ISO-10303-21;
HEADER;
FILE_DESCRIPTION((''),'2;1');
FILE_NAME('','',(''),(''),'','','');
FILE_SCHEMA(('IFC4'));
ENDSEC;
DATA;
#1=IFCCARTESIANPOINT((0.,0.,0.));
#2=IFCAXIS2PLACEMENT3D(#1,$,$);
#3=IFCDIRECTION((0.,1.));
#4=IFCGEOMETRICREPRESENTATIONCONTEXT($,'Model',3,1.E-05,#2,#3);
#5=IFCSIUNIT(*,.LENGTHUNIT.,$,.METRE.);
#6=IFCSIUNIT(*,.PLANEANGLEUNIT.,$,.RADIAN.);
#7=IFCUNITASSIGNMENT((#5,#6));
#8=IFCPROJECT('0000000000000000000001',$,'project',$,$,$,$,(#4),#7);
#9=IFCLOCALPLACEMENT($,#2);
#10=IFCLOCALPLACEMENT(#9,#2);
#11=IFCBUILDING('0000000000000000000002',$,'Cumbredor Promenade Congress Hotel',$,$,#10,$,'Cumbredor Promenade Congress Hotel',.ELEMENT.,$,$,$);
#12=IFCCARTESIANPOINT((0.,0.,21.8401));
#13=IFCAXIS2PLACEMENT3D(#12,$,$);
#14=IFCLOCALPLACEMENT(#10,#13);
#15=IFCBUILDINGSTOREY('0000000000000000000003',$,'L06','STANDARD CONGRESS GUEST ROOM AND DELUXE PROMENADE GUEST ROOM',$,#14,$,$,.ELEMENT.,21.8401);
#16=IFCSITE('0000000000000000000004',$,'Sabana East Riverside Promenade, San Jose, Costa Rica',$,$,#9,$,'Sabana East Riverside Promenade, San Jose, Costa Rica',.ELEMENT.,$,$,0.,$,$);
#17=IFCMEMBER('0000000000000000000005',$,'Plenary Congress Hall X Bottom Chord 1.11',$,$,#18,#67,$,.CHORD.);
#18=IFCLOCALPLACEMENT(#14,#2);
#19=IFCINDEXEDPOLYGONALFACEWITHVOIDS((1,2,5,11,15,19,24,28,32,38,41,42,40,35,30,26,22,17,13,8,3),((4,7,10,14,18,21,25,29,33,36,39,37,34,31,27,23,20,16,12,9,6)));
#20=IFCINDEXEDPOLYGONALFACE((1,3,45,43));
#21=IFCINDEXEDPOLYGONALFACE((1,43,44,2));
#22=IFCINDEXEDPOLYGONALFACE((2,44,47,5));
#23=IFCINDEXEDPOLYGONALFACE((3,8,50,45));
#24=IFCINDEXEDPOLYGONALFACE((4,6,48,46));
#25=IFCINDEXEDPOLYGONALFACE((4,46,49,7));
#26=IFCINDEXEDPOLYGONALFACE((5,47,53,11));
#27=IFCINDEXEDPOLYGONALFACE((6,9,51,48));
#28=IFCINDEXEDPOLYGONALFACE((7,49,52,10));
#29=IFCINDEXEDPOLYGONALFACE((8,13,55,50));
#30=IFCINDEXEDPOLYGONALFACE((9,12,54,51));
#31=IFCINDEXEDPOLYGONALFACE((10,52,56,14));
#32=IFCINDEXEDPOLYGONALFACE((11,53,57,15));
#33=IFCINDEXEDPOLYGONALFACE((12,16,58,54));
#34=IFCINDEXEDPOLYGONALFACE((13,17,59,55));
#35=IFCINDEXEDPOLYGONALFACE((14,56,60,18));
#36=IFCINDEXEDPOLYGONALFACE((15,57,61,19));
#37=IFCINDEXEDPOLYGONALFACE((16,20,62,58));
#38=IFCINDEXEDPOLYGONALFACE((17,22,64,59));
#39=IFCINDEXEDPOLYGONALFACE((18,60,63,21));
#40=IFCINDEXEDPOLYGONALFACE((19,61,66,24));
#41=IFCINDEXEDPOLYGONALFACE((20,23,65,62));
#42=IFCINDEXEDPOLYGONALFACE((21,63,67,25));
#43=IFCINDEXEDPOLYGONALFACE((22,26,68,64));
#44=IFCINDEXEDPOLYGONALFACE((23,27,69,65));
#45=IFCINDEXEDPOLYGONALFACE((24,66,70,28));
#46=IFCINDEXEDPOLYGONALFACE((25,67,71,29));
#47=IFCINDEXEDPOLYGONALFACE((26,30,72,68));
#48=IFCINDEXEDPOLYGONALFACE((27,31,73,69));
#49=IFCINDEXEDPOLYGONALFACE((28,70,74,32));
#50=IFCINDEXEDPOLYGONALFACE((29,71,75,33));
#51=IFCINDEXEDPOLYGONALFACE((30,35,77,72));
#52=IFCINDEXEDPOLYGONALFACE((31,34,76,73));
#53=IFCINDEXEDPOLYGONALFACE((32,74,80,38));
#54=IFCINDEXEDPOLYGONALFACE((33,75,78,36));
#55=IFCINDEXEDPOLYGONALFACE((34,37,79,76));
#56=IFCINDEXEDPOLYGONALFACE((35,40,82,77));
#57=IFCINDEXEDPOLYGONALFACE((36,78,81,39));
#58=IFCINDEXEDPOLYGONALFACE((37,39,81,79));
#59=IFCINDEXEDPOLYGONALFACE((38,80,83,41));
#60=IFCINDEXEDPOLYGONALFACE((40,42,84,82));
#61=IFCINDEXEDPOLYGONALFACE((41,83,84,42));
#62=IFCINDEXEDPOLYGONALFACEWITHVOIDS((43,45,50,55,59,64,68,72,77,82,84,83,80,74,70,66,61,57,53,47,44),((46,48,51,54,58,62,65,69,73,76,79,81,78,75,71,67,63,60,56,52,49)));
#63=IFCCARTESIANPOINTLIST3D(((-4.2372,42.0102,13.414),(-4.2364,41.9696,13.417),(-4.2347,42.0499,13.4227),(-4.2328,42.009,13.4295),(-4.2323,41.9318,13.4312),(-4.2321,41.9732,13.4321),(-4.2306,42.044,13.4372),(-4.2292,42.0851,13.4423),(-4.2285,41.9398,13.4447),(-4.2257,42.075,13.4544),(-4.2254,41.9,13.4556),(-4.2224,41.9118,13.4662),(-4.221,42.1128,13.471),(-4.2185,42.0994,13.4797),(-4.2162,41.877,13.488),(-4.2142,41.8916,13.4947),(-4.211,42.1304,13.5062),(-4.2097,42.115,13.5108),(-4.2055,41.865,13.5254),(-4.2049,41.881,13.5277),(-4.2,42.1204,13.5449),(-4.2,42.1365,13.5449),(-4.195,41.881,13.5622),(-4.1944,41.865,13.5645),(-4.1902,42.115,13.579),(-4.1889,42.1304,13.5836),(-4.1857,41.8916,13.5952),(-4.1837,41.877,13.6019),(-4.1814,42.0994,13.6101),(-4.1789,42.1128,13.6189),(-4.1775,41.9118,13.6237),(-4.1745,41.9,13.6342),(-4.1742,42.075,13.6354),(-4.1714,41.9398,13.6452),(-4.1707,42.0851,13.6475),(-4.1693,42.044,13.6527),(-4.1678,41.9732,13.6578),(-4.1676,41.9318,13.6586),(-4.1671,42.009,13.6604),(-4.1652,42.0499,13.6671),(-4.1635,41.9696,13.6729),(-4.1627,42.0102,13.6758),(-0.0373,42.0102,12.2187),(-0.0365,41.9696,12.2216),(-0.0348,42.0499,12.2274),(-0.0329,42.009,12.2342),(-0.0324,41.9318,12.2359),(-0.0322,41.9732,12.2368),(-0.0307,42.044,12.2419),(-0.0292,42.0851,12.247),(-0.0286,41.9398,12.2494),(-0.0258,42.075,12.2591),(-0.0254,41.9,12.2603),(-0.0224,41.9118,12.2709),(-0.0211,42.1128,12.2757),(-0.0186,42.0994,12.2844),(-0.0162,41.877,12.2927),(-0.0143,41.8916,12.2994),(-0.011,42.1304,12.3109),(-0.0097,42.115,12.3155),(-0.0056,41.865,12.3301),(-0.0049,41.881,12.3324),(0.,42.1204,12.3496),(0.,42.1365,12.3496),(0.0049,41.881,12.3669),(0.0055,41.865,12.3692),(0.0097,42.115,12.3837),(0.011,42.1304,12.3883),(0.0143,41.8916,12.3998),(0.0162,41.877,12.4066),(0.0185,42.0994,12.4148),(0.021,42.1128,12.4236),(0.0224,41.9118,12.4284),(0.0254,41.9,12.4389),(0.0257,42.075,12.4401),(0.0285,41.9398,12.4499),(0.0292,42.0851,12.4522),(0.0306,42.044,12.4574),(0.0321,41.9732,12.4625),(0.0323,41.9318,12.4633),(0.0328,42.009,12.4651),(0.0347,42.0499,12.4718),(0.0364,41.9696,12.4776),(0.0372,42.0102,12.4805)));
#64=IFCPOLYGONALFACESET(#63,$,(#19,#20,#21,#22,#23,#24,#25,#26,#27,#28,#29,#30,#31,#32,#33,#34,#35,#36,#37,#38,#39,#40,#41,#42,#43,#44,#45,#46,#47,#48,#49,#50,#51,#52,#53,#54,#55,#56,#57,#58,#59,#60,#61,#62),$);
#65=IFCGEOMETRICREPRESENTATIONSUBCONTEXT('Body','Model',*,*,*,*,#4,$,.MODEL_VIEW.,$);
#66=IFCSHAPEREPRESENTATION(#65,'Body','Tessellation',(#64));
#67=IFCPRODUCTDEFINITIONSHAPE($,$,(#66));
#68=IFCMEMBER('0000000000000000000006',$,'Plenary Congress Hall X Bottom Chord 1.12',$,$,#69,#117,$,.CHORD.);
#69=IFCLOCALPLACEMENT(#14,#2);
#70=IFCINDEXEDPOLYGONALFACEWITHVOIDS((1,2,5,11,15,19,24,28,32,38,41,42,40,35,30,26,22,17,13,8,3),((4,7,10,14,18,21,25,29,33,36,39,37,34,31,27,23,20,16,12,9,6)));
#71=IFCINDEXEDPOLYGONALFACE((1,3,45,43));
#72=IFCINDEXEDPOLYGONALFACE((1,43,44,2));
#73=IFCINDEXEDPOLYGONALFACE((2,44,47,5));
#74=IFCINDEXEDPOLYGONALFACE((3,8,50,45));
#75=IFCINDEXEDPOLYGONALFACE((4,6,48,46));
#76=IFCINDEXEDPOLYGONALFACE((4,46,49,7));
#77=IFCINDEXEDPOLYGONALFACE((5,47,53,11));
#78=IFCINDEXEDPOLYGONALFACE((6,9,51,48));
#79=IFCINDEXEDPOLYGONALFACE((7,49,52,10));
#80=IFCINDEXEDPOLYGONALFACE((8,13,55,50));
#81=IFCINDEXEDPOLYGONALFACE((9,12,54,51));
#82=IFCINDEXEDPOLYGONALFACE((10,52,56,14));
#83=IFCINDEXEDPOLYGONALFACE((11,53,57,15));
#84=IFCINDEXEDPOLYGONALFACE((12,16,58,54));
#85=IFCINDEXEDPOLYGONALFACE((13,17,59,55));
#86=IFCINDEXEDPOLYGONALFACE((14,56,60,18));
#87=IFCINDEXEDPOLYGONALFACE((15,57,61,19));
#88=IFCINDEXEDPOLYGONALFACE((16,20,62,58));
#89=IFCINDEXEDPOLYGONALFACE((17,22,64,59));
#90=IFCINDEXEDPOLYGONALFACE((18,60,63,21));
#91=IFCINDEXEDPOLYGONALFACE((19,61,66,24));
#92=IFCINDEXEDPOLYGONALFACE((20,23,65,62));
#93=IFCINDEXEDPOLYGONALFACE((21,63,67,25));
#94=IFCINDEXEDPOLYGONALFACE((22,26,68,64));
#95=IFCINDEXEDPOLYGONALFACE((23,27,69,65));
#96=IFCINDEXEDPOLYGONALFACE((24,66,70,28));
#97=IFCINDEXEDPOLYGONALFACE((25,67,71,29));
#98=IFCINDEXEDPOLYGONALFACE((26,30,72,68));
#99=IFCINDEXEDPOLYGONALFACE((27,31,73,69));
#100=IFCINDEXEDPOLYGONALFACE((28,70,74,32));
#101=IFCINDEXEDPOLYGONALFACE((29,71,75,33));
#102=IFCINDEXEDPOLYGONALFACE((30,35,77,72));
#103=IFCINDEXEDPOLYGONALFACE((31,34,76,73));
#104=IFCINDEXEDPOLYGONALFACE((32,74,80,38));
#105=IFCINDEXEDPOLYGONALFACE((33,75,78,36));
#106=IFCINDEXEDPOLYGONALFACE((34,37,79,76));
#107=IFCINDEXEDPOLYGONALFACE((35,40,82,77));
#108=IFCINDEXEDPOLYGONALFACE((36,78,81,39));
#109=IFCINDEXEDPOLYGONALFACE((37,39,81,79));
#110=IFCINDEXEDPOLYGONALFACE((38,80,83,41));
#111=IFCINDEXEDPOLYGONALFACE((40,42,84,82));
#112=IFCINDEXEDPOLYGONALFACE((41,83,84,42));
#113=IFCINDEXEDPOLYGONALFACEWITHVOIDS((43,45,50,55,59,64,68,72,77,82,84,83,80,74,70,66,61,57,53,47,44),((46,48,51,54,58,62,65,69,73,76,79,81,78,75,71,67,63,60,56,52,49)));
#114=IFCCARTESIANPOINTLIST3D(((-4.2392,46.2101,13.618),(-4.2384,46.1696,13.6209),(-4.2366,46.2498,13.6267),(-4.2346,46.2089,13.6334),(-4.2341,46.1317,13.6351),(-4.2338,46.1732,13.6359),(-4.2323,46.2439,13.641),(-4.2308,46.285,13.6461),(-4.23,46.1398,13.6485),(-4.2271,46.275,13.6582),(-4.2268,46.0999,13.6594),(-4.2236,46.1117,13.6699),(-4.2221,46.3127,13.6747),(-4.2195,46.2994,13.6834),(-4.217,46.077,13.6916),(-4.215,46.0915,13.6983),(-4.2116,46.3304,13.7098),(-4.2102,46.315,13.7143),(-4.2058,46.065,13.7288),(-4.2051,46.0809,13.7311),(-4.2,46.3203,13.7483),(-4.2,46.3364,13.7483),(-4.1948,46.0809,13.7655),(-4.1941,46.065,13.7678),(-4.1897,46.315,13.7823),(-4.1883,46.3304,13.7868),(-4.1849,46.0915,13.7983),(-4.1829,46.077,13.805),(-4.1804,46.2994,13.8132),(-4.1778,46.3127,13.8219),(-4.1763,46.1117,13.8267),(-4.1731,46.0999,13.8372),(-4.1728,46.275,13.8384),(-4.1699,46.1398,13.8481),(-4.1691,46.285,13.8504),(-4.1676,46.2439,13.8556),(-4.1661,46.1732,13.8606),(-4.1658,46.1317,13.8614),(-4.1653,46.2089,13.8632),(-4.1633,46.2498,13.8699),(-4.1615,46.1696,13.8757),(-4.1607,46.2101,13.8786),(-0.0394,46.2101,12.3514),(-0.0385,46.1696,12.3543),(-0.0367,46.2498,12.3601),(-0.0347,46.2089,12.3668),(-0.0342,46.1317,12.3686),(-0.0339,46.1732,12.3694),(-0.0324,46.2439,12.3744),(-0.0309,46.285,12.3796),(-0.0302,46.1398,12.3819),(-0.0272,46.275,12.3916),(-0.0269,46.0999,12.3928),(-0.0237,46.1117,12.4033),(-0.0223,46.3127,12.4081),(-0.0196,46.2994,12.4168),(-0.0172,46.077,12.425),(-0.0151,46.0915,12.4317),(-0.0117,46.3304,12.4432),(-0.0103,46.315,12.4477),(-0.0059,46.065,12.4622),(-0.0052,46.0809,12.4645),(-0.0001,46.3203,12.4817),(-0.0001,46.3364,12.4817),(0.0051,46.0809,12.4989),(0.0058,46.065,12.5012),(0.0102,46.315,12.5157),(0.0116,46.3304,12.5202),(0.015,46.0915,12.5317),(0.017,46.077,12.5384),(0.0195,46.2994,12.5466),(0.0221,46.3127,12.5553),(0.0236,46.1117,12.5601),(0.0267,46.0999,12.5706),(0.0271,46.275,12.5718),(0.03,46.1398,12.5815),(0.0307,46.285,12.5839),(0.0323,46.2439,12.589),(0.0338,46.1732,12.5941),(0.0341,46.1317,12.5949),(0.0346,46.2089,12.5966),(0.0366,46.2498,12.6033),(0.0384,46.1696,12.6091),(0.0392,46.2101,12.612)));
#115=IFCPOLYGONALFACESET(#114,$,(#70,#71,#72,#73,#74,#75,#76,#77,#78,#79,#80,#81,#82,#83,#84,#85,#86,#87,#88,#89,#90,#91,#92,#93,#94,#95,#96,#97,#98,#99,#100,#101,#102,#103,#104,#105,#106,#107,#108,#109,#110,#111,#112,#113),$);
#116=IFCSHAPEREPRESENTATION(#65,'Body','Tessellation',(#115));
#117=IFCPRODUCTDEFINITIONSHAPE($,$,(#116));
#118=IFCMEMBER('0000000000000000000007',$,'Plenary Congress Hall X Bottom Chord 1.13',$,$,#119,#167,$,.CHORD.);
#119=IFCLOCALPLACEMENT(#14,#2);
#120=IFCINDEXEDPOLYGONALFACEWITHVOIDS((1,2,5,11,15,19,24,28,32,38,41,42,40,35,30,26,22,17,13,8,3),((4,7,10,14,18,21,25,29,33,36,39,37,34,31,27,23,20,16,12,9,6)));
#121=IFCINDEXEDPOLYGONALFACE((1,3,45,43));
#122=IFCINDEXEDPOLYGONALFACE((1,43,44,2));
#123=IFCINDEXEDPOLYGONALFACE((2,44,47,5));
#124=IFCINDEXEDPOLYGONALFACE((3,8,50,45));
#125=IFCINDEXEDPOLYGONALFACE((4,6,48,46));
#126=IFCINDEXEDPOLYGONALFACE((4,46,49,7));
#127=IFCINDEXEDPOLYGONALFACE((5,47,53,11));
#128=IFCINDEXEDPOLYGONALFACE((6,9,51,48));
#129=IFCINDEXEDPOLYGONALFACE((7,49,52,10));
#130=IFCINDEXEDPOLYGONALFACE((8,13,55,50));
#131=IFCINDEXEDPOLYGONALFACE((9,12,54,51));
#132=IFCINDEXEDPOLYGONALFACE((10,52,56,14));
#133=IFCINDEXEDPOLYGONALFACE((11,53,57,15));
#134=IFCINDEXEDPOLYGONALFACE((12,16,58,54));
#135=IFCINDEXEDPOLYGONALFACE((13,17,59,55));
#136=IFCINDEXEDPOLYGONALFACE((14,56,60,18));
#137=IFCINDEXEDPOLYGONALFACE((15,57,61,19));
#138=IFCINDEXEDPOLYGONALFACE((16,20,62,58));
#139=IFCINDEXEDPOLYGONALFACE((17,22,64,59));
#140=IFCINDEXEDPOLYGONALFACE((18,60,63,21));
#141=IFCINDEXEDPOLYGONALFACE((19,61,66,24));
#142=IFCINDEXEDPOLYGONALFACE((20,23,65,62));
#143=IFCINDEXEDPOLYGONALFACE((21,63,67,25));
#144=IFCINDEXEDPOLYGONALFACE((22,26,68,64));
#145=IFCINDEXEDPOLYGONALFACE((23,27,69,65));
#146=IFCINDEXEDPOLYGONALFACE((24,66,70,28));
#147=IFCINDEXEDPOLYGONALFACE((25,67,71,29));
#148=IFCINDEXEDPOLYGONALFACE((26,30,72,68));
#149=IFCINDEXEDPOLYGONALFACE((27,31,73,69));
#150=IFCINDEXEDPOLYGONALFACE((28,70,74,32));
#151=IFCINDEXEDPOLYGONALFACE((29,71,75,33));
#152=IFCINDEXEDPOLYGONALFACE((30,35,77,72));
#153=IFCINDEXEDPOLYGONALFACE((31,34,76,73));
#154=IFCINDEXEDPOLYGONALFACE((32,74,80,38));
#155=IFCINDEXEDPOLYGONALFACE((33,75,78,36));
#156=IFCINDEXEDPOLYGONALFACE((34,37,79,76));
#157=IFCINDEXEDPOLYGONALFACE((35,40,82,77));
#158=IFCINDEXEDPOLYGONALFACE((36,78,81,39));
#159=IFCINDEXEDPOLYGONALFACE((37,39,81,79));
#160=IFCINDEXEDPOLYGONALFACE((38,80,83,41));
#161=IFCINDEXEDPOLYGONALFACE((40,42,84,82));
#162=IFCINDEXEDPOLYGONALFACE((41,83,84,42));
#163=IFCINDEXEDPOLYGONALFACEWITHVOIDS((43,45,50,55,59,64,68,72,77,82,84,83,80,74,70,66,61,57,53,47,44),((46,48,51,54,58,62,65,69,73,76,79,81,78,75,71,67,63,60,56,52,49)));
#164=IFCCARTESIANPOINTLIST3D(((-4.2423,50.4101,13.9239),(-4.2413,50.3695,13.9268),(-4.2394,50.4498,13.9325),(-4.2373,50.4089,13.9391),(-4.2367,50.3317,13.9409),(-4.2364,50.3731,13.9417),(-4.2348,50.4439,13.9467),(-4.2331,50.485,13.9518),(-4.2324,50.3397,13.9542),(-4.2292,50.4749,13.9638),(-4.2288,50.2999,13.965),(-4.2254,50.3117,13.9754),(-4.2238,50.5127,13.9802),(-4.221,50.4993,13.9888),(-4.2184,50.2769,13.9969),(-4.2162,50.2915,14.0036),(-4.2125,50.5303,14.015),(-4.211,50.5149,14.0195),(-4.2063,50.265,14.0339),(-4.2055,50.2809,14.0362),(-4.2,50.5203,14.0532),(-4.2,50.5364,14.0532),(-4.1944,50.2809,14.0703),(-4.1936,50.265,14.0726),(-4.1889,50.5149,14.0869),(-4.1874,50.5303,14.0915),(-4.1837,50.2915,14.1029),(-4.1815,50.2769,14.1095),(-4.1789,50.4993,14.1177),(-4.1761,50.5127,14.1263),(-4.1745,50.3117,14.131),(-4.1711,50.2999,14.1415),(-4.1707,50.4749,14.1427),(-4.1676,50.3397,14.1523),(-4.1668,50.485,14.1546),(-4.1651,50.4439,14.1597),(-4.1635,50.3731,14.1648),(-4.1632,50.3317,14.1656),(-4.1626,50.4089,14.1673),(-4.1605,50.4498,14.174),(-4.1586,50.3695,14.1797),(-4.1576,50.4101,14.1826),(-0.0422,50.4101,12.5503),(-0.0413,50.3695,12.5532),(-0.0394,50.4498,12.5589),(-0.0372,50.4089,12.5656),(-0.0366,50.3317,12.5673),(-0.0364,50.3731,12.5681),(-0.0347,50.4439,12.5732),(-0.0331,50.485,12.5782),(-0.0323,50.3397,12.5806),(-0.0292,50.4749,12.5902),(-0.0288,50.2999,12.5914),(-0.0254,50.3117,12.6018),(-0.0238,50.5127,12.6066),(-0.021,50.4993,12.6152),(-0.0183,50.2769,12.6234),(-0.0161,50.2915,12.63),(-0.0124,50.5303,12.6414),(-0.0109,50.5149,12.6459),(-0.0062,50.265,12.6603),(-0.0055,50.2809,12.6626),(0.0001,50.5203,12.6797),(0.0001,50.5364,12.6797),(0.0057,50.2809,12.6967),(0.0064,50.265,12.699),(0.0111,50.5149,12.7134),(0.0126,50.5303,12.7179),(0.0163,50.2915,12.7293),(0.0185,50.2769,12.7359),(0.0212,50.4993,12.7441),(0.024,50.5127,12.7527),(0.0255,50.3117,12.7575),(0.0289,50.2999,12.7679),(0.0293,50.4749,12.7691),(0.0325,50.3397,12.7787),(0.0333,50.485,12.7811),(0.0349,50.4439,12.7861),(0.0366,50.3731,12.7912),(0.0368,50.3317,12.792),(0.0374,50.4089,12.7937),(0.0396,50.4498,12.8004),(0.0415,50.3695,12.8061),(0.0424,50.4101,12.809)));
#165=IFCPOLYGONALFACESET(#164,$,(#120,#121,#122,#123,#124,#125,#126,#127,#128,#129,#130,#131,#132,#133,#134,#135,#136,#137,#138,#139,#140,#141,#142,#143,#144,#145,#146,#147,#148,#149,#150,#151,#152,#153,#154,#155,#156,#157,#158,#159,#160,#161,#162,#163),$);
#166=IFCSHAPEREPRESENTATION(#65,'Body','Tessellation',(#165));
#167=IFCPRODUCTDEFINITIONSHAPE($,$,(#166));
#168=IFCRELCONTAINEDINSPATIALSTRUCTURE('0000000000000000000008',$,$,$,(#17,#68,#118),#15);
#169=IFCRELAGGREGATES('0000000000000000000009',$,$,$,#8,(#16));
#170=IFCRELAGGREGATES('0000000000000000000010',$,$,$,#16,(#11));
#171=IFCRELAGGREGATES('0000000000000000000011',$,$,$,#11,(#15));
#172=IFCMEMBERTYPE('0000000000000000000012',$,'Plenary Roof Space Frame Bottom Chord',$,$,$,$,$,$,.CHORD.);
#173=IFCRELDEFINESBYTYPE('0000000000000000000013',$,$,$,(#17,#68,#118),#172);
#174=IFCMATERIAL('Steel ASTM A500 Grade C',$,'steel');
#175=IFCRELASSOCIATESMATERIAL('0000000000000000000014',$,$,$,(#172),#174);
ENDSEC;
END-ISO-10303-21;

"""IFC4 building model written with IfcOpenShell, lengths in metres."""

from ifc_helpers import new_model, si_unit, direction, frame, origin, origin_2d, place, context, subcontext, project, spatial, hollow_circle, extrude, material, material_profile, profile_set, type_object, element, save


model = new_model("IFC4")

# Units and contexts
model_context = context("Model", 3, precision=1e-05, world=origin(), true_north=direction((0.0, 1.0)))
body_context = subcontext(model_context, "Body", "Model", "MODEL_VIEW")
ifc_project = project(units=[si_unit("LENGTHUNIT", "METRE"), si_unit("PLANEANGLEUNIT", "RADIAN")], contexts=[model_context])

# Site, building, storey
site_placement = place(None, origin())
site = spatial("IfcSite", under=ifc_project, at=site_placement, Name="Sabana East Riverside Promenade, San Jose, Costa Rica", LongName="Sabana East Riverside Promenade, San Jose, Costa Rica", CompositionType="ELEMENT", RefElevation=0.0)
building_placement = place(site_placement, origin())
building = spatial("IfcBuilding", under=site, at=building_placement, Name="Cumbredor Promenade Congress Hotel", LongName="Cumbredor Promenade Congress Hotel", CompositionType="ELEMENT")
storey_placement = place(building_placement, frame((0.0, 0.0, 21.8401)))
storey = spatial("IfcBuildingStorey", under=building, at=storey_placement, Name="L06", Description="STANDARD CONGRESS GUEST ROOM AND DELUXE PROMENADE GUEST ROOM", CompositionType="ELEMENT", Elevation=21.8401)

# Members
ifc_material_1 = material(Name="Steel ASTM A500 Grade C", Category="steel")
ifc_material_profile_1 = material_profile(ifc_material_1, hollow_circle(Radius=0.1365, WallThickness=0.0161, at=origin_2d()), Name="CHS 273.0x16")
ifc_profile_set_1 = profile_set([ifc_material_profile_1], Name="Steel ASTM A500 Grade C")
member_type_1 = type_object("IfcMemberType", Name="Plenary Roof Space Frame Bottom Chord", PredefinedType="CHORD", material=ifc_profile_set_1)
member_1_placement = place(storey_placement, frame((-4.2, 42.0, 13.5449), z_axis=(0.961806, 0.0, -0.273731), x_axis=(0.0, 1.0, 0.0)))
element("IfcMember", 1, at=member_1_placement, inside=storey, type_object=member_type_1, Name="Plenary Congress Hall X Bottom Chord 1.11", PredefinedType="CHORD", context=body_context, shape_type="SweptSolid", body=[
    extrude(hollow_circle(Radius=0.1365, WallThickness=0.0161, at=origin_2d()), origin(), (0.0, 0.0, 1.0), 4.3667),
])
member_2_placement = place(storey_placement, frame((-4.2, 46.2, 13.7483), z_axis=(0.95741, 0.0, -0.288731), x_axis=(0.0, 1.0, 0.0)))
element("IfcMember", 2, at=member_2_placement, inside=storey, type_object=member_type_1, Name="Plenary Congress Hall X Bottom Chord 1.12", PredefinedType="CHORD", context=body_context, shape_type="SweptSolid", body=[
    extrude(hollow_circle(Radius=0.1365, WallThickness=0.0161, at=origin_2d()), origin(), (0.0, 0.0, 1.0), 4.3867),
])
member_3_placement = place(storey_placement, frame((-4.2, 50.3999, 14.0532), z_axis=(0.950464, 0.0, -0.310836), x_axis=(0.0, 1.0, 0.0)))
element("IfcMember", 3, at=member_3_placement, inside=storey, type_object=member_type_1, Name="Plenary Congress Hall X Bottom Chord 1.13", PredefinedType="CHORD", context=body_context, shape_type="SweptSolid", body=[
    extrude(hollow_circle(Radius=0.1365, WallThickness=0.0161, at=origin_2d()), origin(), (0.0, 0.0, 1.0), 4.4189),
])

save(model, "model.ifc")
